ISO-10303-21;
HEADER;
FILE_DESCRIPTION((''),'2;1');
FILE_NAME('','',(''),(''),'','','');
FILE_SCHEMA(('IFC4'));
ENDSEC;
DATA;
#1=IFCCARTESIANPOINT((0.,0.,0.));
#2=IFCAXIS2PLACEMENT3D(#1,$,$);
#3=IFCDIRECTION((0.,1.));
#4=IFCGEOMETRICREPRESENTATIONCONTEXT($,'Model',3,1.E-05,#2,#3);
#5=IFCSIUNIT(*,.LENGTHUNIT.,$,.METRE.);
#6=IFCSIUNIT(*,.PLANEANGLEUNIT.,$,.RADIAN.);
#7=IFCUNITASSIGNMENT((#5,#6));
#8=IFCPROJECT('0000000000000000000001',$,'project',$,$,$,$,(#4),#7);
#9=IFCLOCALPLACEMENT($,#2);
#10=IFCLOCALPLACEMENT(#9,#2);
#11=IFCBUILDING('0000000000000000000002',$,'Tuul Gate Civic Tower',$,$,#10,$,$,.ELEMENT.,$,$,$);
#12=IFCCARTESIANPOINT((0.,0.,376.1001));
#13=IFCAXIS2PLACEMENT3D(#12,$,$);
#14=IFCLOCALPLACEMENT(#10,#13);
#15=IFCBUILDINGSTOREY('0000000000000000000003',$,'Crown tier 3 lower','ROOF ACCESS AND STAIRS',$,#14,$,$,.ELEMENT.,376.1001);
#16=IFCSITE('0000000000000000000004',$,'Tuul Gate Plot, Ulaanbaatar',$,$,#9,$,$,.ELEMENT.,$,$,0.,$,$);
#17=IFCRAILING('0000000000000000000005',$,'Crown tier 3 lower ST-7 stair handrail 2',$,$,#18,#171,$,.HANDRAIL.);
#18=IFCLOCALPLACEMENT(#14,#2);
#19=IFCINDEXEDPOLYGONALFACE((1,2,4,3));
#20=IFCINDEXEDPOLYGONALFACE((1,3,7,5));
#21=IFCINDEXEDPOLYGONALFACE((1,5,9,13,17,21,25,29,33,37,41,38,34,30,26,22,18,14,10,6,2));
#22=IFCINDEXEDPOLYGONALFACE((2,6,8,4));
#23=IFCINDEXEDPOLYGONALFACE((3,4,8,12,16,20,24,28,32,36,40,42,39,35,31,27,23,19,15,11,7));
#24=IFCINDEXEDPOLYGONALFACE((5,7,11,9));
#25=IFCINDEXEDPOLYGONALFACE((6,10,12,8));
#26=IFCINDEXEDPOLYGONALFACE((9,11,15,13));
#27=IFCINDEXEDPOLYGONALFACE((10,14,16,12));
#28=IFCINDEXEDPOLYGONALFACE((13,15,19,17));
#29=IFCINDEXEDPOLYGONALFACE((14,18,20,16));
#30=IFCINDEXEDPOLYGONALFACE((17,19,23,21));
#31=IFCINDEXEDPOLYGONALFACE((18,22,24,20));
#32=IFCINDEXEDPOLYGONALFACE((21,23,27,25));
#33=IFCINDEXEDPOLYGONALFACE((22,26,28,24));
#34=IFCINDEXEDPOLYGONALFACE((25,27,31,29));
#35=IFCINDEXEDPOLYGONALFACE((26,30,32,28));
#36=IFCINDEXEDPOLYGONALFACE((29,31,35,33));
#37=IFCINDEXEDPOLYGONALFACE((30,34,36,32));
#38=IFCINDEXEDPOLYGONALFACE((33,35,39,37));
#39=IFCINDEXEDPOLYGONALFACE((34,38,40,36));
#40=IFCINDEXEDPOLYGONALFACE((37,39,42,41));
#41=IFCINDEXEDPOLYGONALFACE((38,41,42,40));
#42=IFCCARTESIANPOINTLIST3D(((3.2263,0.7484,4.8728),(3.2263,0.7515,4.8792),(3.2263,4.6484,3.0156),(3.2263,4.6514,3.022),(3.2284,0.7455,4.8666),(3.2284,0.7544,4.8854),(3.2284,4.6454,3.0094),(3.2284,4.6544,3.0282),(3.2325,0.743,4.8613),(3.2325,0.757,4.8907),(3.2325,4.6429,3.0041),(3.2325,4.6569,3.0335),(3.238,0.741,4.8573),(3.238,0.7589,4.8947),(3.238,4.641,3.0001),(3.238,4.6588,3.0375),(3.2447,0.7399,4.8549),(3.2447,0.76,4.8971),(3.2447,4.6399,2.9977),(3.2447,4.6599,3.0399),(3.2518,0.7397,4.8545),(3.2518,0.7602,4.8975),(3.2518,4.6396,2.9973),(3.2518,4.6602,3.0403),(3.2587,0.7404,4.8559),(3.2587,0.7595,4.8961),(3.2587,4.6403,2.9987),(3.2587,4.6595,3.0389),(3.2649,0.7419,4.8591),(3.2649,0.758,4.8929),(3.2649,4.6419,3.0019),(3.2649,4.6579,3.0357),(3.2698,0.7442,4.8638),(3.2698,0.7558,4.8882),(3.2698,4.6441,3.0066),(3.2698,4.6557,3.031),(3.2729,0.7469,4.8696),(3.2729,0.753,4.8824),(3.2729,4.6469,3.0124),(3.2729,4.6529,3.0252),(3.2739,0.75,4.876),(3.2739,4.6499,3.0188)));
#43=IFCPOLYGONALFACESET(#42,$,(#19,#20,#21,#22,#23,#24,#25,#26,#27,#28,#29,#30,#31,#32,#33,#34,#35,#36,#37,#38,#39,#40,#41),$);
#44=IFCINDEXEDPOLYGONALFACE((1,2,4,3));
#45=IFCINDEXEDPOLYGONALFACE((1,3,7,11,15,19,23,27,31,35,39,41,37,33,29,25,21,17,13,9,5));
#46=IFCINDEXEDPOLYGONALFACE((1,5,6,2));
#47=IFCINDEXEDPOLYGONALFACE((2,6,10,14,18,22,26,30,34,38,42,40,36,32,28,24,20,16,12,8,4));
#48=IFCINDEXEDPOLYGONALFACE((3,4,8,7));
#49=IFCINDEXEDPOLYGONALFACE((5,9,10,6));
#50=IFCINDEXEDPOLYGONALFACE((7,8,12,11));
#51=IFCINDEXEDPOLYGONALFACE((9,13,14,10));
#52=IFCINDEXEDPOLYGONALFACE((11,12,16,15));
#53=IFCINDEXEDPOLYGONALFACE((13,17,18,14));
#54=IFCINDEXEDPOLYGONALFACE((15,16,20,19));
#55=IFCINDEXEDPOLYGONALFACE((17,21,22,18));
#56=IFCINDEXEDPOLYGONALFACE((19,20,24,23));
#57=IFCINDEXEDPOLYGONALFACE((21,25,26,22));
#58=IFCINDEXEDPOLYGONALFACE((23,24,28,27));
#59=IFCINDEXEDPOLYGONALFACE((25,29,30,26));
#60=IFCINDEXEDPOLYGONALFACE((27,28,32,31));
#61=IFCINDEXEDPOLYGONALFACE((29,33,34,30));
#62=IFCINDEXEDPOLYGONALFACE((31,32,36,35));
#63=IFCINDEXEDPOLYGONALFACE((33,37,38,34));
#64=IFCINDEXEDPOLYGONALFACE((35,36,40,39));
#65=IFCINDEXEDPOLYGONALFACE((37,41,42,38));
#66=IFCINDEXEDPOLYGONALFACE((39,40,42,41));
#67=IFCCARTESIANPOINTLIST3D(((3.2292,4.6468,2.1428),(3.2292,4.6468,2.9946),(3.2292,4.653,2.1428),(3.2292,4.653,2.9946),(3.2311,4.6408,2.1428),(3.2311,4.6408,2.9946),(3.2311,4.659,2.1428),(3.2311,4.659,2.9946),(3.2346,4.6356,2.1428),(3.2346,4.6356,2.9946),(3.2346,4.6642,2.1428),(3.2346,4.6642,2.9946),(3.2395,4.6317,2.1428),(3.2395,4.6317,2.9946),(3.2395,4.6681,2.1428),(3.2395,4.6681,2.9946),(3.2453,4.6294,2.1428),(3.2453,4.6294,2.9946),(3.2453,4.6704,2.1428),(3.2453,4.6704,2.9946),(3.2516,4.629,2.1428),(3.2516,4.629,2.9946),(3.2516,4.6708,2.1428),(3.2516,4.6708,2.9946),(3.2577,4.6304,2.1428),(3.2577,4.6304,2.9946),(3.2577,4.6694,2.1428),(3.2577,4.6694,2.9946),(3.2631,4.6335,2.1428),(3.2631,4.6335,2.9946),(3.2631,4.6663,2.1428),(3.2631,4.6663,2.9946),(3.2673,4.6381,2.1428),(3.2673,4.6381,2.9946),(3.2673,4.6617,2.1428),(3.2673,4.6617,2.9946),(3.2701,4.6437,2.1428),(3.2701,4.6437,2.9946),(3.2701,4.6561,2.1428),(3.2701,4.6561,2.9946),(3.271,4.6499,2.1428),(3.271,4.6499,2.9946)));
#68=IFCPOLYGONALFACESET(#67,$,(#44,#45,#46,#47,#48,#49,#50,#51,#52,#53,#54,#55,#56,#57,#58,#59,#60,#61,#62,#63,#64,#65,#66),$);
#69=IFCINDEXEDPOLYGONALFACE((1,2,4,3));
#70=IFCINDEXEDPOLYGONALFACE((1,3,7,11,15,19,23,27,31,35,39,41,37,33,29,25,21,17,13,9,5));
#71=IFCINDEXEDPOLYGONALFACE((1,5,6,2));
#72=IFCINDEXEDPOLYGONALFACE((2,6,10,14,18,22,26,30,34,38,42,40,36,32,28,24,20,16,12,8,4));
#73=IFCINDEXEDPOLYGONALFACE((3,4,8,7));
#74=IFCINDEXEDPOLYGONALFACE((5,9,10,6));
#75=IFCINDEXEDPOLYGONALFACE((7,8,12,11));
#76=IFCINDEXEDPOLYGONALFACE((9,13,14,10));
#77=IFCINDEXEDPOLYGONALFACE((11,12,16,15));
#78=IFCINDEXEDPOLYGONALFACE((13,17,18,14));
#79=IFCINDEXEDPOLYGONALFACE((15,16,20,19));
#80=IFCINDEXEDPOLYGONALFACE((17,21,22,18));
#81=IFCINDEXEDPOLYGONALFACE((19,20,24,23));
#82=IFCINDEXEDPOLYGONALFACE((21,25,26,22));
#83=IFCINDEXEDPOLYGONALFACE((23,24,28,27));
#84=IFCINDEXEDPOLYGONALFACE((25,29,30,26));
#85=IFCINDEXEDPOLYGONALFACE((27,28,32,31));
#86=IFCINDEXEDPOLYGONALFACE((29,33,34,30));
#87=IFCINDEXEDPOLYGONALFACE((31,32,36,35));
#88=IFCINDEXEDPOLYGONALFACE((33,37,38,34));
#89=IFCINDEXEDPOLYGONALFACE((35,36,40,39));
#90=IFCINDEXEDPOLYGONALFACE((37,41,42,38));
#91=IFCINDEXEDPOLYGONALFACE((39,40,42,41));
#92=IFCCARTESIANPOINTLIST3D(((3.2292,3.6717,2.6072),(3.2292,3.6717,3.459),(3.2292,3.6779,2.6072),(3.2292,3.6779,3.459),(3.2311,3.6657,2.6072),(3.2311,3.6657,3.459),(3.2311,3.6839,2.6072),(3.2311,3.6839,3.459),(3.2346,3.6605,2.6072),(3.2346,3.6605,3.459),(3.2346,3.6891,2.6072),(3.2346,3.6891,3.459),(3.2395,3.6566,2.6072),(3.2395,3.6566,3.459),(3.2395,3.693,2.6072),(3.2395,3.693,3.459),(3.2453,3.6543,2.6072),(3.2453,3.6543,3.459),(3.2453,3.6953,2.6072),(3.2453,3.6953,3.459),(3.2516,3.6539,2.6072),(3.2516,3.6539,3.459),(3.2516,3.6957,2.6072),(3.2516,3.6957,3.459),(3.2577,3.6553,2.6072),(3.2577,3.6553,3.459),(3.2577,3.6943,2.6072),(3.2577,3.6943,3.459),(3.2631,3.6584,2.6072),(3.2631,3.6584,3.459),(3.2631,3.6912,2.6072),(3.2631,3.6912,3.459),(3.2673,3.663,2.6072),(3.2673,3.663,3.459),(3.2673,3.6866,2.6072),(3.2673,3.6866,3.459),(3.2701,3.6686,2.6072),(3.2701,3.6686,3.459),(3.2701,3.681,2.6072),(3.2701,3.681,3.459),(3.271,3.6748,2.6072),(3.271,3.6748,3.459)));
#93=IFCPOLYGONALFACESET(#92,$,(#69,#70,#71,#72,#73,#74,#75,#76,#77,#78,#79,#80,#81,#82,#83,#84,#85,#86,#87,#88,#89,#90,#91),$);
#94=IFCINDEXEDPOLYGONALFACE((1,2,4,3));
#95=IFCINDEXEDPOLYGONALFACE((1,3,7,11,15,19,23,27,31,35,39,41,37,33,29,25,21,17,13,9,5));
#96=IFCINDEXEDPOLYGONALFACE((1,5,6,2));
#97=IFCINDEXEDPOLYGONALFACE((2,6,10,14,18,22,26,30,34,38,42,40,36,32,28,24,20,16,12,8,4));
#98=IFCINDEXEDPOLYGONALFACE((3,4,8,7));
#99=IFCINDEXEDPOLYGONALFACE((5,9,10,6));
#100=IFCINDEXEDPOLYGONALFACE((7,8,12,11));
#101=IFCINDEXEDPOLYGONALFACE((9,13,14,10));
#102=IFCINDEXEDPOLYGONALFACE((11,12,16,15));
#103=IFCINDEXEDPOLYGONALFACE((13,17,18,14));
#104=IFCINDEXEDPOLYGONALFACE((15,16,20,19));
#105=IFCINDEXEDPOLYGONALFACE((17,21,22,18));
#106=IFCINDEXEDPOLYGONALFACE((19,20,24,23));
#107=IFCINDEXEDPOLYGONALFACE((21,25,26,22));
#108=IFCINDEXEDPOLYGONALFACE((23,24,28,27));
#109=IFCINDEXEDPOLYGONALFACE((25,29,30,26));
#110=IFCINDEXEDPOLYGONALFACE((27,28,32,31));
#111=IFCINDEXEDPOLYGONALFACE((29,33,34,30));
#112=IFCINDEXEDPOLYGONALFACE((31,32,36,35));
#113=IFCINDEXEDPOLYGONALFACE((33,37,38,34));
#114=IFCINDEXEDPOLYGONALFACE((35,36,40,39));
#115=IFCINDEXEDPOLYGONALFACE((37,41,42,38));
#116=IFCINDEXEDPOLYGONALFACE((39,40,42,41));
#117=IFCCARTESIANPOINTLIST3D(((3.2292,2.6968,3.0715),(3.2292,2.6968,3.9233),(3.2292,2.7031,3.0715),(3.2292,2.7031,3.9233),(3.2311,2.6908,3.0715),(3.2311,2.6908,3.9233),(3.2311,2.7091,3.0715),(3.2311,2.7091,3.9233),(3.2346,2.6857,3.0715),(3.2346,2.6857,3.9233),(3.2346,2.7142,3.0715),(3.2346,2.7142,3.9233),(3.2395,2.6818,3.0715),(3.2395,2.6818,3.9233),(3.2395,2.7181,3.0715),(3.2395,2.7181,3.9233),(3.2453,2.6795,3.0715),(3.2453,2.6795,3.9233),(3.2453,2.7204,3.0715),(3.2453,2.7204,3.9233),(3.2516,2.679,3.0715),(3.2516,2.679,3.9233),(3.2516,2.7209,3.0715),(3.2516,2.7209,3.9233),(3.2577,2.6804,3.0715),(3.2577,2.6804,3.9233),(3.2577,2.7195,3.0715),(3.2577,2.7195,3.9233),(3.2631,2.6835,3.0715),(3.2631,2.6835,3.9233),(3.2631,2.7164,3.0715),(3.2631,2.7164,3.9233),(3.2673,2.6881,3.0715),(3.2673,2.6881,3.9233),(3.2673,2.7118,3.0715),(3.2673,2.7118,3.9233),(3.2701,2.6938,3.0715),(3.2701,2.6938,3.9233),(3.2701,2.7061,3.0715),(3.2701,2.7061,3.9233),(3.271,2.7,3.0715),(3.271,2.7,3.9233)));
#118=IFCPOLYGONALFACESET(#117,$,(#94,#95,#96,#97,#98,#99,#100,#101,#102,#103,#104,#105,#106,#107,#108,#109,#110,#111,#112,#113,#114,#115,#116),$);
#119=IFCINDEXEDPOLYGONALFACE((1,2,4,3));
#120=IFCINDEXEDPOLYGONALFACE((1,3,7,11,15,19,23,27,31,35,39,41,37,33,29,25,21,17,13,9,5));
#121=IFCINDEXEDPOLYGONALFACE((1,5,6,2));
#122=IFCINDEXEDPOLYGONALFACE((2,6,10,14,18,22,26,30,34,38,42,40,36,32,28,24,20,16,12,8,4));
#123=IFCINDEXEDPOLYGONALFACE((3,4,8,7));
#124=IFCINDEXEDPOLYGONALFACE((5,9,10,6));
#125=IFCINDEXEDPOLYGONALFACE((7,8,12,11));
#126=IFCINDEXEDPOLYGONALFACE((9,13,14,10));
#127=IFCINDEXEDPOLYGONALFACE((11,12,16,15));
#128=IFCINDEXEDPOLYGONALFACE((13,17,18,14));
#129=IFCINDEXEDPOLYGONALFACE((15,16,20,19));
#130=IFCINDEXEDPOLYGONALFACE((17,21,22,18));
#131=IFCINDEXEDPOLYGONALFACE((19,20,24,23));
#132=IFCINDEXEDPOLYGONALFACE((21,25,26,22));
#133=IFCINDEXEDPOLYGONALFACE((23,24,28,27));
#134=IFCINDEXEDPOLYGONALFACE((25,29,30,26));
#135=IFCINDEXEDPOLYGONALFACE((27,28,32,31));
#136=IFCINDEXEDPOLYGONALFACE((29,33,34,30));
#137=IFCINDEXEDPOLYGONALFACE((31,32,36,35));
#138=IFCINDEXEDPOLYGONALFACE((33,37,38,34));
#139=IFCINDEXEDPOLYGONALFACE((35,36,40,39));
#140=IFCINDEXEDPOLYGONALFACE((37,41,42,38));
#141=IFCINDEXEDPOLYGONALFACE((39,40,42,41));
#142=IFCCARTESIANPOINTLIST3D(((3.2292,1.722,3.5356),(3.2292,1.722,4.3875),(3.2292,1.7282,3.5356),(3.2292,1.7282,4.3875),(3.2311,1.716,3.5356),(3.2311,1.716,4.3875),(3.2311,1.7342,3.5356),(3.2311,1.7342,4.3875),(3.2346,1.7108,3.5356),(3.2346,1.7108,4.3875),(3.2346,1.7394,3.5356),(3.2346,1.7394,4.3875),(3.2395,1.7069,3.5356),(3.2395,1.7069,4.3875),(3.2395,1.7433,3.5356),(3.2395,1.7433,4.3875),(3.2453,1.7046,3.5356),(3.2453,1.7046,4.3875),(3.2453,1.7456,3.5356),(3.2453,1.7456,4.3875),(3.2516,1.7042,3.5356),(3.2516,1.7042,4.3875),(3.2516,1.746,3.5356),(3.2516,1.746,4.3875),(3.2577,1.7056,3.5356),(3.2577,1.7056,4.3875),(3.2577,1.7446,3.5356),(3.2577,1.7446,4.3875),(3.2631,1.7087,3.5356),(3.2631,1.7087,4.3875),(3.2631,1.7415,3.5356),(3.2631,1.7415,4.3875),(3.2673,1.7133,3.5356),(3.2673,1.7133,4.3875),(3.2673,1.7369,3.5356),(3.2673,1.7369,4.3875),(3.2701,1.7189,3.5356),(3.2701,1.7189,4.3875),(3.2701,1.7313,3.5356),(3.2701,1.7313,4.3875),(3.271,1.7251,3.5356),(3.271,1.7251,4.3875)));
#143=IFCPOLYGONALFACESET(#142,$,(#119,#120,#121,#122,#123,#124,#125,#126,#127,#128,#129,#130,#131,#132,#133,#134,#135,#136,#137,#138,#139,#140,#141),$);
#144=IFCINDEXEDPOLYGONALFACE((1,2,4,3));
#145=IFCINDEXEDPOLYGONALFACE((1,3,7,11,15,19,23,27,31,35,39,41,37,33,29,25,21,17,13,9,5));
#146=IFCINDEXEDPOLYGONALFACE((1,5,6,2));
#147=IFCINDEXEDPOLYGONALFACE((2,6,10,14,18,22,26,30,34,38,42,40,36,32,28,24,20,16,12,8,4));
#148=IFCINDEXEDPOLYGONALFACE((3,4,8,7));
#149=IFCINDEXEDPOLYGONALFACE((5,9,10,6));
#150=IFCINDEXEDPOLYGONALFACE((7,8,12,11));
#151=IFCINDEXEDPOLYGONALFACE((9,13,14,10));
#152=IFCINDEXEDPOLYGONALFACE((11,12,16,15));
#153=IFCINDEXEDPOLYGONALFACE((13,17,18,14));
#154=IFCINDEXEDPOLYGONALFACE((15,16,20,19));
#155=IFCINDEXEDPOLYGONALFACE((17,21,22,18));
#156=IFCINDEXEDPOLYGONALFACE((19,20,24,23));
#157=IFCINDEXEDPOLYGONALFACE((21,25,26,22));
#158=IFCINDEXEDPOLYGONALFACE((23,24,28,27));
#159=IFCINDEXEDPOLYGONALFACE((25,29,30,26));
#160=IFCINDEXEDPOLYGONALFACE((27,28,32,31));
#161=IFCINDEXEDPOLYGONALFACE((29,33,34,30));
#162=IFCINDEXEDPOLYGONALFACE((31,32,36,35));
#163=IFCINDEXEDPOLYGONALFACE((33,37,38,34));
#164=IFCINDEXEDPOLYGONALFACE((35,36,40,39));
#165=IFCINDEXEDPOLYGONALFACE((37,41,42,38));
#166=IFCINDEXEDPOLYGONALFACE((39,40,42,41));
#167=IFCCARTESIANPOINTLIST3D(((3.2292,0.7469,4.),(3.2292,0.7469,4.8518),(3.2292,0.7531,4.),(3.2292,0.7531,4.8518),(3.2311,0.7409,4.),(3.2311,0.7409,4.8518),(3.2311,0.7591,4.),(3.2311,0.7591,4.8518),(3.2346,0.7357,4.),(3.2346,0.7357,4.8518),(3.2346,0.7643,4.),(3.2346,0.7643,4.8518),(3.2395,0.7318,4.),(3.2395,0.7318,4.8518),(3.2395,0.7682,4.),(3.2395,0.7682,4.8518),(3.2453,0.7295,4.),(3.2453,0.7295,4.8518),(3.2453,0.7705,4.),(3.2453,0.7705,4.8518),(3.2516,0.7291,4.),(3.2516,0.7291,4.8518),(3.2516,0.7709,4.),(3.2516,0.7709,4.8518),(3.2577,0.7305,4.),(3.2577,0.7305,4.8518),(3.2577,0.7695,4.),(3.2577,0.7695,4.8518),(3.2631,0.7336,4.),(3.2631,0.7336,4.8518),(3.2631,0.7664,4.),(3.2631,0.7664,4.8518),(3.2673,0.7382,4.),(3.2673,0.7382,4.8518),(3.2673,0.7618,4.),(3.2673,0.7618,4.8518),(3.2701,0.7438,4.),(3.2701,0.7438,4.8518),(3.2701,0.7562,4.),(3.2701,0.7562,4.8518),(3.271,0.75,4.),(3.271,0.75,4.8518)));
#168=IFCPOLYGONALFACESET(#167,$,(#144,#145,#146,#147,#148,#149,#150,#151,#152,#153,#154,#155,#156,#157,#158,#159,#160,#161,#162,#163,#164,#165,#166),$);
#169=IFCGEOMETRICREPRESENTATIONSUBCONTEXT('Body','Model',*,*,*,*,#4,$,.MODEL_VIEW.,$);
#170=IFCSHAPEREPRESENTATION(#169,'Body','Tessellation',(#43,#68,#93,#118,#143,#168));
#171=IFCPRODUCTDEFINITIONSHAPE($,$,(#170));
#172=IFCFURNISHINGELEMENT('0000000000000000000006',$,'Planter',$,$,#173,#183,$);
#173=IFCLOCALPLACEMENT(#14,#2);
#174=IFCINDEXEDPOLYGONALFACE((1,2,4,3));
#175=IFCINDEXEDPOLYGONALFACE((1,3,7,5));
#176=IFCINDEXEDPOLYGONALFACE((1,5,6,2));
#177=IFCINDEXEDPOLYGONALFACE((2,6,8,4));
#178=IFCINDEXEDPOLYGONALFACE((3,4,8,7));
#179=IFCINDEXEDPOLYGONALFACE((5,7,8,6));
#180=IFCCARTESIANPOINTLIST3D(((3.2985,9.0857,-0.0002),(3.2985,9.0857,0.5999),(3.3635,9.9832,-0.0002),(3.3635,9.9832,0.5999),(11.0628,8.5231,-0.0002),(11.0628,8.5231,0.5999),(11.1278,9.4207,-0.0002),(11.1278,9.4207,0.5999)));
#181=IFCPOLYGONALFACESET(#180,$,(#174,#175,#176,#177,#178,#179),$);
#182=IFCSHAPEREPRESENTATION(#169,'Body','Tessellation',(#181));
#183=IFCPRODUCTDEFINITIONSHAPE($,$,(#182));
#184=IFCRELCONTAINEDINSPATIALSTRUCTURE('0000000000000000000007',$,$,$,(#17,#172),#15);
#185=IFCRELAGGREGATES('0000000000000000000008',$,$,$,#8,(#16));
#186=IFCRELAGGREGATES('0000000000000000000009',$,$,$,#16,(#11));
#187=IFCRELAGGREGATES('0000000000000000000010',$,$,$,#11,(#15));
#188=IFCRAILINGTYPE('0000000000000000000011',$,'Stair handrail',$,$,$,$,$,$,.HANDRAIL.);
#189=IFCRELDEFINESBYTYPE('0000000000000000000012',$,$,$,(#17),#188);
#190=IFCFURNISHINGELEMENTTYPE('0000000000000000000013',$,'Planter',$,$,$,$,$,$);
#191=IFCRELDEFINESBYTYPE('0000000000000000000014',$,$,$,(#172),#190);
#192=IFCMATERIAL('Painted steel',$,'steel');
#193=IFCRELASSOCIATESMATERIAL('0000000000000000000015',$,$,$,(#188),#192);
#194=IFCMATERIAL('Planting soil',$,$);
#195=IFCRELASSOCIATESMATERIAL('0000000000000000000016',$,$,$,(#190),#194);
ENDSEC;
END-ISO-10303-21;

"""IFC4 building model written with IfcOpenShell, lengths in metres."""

from ifc_helpers import new_model, si_unit, direction, frame, origin, origin_2d, place, context, subcontext, project, spatial, rectangle, circle, extrude, material, type_object, element, save


model = new_model("IFC4")

# Units and contexts
model_context = context("Model", 3, precision=1e-05, world=origin(), true_north=direction((0.0, 1.0)))
body_context = subcontext(model_context, "Body", "Model", "MODEL_VIEW")
ifc_project = project(units=[si_unit("LENGTHUNIT", "METRE"), si_unit("PLANEANGLEUNIT", "RADIAN")], contexts=[model_context])

# Site, building, storey
site_placement = place(None, origin())
site = spatial("IfcSite", under=ifc_project, at=site_placement, Name="Tuul Gate Plot, Ulaanbaatar", CompositionType="ELEMENT", RefElevation=0.0)
building_placement = place(site_placement, origin())
building = spatial("IfcBuilding", under=site, at=building_placement, Name="Tuul Gate Civic Tower", CompositionType="ELEMENT")
storey_placement = place(building_placement, frame((0.0, 0.0, 376.1001)))
storey = spatial("IfcBuildingStorey", under=building, at=storey_placement, Name="Crown tier 3 lower", Description="ROOF ACCESS AND STAIRS", CompositionType="ELEMENT", Elevation=376.1001)

# Railing
ifc_material_1 = material(Name="Painted steel", Category="steel")
railing_type_1 = type_object("IfcRailingType", Name="Stair handrail", PredefinedType="HANDRAIL", material=ifc_material_1)
railing_1_placement = place(storey_placement, frame((3.25, 4.6499, 2.1428)))
element("IfcRailing", 1, at=railing_1_placement, inside=storey, type_object=railing_type_1, Name="Crown tier 3 lower ST-7 stair handrail 2", PredefinedType="HANDRAIL", context=body_context, shape_type="SweptSolid", body=[
    extrude(circle(Radius=0.0239, at=origin_2d()), frame((0.0, 0.0, 0.876), z_axis=(0.0, -0.902853, 0.429949), x_axis=(1.0, 0.0, 0.0)), (0.0, 0.0, 1.0), 4.3196),
    extrude(circle(Radius=0.021, at=origin_2d()), origin(), (0.0, 0.0, 1.0), 0.8518),
    extrude(circle(Radius=0.021, at=origin_2d()), frame((0.0, -0.9751, 0.4644)), (0.0, 0.0, 1.0), 0.8518),
    extrude(circle(Radius=0.021, at=origin_2d()), frame((0.0, -1.95, 0.9287)), (0.0, 0.0, 1.0), 0.8518),
    extrude(circle(Radius=0.021, at=origin_2d()), frame((0.0, -2.9248, 1.3928)), (0.0, 0.0, 1.0), 0.8518),
    extrude(circle(Radius=0.021, at=origin_2d()), frame((0.0, -3.8999, 1.8572)), (0.0, 0.0, 1.0), 0.8518),
])

# Furnishing element
ifc_material_2 = material(Name="Planting soil")
furnishing_element_type = type_object("IfcFurnishingElementType", Name="Planter", material=ifc_material_2)
furnishing_placement = place(storey_placement, frame((7.2131, 9.2532, -0.0002), z_axis=(0.0, 0.0, 1.0), x_axis=(-0.997385, 0.072266, 0.0)))
element("IfcFurnishingElement", 2, at=furnishing_placement, inside=storey, type_object=furnishing_element_type, Name="Planter", context=body_context, shape_type="SweptSolid", body=[
    extrude(rectangle(XDim=7.7847, YDim=0.8999, at=origin_2d()), origin(), (0.0, 0.0, 1.0), 0.6001),
])

save(model, "model.ifc")
